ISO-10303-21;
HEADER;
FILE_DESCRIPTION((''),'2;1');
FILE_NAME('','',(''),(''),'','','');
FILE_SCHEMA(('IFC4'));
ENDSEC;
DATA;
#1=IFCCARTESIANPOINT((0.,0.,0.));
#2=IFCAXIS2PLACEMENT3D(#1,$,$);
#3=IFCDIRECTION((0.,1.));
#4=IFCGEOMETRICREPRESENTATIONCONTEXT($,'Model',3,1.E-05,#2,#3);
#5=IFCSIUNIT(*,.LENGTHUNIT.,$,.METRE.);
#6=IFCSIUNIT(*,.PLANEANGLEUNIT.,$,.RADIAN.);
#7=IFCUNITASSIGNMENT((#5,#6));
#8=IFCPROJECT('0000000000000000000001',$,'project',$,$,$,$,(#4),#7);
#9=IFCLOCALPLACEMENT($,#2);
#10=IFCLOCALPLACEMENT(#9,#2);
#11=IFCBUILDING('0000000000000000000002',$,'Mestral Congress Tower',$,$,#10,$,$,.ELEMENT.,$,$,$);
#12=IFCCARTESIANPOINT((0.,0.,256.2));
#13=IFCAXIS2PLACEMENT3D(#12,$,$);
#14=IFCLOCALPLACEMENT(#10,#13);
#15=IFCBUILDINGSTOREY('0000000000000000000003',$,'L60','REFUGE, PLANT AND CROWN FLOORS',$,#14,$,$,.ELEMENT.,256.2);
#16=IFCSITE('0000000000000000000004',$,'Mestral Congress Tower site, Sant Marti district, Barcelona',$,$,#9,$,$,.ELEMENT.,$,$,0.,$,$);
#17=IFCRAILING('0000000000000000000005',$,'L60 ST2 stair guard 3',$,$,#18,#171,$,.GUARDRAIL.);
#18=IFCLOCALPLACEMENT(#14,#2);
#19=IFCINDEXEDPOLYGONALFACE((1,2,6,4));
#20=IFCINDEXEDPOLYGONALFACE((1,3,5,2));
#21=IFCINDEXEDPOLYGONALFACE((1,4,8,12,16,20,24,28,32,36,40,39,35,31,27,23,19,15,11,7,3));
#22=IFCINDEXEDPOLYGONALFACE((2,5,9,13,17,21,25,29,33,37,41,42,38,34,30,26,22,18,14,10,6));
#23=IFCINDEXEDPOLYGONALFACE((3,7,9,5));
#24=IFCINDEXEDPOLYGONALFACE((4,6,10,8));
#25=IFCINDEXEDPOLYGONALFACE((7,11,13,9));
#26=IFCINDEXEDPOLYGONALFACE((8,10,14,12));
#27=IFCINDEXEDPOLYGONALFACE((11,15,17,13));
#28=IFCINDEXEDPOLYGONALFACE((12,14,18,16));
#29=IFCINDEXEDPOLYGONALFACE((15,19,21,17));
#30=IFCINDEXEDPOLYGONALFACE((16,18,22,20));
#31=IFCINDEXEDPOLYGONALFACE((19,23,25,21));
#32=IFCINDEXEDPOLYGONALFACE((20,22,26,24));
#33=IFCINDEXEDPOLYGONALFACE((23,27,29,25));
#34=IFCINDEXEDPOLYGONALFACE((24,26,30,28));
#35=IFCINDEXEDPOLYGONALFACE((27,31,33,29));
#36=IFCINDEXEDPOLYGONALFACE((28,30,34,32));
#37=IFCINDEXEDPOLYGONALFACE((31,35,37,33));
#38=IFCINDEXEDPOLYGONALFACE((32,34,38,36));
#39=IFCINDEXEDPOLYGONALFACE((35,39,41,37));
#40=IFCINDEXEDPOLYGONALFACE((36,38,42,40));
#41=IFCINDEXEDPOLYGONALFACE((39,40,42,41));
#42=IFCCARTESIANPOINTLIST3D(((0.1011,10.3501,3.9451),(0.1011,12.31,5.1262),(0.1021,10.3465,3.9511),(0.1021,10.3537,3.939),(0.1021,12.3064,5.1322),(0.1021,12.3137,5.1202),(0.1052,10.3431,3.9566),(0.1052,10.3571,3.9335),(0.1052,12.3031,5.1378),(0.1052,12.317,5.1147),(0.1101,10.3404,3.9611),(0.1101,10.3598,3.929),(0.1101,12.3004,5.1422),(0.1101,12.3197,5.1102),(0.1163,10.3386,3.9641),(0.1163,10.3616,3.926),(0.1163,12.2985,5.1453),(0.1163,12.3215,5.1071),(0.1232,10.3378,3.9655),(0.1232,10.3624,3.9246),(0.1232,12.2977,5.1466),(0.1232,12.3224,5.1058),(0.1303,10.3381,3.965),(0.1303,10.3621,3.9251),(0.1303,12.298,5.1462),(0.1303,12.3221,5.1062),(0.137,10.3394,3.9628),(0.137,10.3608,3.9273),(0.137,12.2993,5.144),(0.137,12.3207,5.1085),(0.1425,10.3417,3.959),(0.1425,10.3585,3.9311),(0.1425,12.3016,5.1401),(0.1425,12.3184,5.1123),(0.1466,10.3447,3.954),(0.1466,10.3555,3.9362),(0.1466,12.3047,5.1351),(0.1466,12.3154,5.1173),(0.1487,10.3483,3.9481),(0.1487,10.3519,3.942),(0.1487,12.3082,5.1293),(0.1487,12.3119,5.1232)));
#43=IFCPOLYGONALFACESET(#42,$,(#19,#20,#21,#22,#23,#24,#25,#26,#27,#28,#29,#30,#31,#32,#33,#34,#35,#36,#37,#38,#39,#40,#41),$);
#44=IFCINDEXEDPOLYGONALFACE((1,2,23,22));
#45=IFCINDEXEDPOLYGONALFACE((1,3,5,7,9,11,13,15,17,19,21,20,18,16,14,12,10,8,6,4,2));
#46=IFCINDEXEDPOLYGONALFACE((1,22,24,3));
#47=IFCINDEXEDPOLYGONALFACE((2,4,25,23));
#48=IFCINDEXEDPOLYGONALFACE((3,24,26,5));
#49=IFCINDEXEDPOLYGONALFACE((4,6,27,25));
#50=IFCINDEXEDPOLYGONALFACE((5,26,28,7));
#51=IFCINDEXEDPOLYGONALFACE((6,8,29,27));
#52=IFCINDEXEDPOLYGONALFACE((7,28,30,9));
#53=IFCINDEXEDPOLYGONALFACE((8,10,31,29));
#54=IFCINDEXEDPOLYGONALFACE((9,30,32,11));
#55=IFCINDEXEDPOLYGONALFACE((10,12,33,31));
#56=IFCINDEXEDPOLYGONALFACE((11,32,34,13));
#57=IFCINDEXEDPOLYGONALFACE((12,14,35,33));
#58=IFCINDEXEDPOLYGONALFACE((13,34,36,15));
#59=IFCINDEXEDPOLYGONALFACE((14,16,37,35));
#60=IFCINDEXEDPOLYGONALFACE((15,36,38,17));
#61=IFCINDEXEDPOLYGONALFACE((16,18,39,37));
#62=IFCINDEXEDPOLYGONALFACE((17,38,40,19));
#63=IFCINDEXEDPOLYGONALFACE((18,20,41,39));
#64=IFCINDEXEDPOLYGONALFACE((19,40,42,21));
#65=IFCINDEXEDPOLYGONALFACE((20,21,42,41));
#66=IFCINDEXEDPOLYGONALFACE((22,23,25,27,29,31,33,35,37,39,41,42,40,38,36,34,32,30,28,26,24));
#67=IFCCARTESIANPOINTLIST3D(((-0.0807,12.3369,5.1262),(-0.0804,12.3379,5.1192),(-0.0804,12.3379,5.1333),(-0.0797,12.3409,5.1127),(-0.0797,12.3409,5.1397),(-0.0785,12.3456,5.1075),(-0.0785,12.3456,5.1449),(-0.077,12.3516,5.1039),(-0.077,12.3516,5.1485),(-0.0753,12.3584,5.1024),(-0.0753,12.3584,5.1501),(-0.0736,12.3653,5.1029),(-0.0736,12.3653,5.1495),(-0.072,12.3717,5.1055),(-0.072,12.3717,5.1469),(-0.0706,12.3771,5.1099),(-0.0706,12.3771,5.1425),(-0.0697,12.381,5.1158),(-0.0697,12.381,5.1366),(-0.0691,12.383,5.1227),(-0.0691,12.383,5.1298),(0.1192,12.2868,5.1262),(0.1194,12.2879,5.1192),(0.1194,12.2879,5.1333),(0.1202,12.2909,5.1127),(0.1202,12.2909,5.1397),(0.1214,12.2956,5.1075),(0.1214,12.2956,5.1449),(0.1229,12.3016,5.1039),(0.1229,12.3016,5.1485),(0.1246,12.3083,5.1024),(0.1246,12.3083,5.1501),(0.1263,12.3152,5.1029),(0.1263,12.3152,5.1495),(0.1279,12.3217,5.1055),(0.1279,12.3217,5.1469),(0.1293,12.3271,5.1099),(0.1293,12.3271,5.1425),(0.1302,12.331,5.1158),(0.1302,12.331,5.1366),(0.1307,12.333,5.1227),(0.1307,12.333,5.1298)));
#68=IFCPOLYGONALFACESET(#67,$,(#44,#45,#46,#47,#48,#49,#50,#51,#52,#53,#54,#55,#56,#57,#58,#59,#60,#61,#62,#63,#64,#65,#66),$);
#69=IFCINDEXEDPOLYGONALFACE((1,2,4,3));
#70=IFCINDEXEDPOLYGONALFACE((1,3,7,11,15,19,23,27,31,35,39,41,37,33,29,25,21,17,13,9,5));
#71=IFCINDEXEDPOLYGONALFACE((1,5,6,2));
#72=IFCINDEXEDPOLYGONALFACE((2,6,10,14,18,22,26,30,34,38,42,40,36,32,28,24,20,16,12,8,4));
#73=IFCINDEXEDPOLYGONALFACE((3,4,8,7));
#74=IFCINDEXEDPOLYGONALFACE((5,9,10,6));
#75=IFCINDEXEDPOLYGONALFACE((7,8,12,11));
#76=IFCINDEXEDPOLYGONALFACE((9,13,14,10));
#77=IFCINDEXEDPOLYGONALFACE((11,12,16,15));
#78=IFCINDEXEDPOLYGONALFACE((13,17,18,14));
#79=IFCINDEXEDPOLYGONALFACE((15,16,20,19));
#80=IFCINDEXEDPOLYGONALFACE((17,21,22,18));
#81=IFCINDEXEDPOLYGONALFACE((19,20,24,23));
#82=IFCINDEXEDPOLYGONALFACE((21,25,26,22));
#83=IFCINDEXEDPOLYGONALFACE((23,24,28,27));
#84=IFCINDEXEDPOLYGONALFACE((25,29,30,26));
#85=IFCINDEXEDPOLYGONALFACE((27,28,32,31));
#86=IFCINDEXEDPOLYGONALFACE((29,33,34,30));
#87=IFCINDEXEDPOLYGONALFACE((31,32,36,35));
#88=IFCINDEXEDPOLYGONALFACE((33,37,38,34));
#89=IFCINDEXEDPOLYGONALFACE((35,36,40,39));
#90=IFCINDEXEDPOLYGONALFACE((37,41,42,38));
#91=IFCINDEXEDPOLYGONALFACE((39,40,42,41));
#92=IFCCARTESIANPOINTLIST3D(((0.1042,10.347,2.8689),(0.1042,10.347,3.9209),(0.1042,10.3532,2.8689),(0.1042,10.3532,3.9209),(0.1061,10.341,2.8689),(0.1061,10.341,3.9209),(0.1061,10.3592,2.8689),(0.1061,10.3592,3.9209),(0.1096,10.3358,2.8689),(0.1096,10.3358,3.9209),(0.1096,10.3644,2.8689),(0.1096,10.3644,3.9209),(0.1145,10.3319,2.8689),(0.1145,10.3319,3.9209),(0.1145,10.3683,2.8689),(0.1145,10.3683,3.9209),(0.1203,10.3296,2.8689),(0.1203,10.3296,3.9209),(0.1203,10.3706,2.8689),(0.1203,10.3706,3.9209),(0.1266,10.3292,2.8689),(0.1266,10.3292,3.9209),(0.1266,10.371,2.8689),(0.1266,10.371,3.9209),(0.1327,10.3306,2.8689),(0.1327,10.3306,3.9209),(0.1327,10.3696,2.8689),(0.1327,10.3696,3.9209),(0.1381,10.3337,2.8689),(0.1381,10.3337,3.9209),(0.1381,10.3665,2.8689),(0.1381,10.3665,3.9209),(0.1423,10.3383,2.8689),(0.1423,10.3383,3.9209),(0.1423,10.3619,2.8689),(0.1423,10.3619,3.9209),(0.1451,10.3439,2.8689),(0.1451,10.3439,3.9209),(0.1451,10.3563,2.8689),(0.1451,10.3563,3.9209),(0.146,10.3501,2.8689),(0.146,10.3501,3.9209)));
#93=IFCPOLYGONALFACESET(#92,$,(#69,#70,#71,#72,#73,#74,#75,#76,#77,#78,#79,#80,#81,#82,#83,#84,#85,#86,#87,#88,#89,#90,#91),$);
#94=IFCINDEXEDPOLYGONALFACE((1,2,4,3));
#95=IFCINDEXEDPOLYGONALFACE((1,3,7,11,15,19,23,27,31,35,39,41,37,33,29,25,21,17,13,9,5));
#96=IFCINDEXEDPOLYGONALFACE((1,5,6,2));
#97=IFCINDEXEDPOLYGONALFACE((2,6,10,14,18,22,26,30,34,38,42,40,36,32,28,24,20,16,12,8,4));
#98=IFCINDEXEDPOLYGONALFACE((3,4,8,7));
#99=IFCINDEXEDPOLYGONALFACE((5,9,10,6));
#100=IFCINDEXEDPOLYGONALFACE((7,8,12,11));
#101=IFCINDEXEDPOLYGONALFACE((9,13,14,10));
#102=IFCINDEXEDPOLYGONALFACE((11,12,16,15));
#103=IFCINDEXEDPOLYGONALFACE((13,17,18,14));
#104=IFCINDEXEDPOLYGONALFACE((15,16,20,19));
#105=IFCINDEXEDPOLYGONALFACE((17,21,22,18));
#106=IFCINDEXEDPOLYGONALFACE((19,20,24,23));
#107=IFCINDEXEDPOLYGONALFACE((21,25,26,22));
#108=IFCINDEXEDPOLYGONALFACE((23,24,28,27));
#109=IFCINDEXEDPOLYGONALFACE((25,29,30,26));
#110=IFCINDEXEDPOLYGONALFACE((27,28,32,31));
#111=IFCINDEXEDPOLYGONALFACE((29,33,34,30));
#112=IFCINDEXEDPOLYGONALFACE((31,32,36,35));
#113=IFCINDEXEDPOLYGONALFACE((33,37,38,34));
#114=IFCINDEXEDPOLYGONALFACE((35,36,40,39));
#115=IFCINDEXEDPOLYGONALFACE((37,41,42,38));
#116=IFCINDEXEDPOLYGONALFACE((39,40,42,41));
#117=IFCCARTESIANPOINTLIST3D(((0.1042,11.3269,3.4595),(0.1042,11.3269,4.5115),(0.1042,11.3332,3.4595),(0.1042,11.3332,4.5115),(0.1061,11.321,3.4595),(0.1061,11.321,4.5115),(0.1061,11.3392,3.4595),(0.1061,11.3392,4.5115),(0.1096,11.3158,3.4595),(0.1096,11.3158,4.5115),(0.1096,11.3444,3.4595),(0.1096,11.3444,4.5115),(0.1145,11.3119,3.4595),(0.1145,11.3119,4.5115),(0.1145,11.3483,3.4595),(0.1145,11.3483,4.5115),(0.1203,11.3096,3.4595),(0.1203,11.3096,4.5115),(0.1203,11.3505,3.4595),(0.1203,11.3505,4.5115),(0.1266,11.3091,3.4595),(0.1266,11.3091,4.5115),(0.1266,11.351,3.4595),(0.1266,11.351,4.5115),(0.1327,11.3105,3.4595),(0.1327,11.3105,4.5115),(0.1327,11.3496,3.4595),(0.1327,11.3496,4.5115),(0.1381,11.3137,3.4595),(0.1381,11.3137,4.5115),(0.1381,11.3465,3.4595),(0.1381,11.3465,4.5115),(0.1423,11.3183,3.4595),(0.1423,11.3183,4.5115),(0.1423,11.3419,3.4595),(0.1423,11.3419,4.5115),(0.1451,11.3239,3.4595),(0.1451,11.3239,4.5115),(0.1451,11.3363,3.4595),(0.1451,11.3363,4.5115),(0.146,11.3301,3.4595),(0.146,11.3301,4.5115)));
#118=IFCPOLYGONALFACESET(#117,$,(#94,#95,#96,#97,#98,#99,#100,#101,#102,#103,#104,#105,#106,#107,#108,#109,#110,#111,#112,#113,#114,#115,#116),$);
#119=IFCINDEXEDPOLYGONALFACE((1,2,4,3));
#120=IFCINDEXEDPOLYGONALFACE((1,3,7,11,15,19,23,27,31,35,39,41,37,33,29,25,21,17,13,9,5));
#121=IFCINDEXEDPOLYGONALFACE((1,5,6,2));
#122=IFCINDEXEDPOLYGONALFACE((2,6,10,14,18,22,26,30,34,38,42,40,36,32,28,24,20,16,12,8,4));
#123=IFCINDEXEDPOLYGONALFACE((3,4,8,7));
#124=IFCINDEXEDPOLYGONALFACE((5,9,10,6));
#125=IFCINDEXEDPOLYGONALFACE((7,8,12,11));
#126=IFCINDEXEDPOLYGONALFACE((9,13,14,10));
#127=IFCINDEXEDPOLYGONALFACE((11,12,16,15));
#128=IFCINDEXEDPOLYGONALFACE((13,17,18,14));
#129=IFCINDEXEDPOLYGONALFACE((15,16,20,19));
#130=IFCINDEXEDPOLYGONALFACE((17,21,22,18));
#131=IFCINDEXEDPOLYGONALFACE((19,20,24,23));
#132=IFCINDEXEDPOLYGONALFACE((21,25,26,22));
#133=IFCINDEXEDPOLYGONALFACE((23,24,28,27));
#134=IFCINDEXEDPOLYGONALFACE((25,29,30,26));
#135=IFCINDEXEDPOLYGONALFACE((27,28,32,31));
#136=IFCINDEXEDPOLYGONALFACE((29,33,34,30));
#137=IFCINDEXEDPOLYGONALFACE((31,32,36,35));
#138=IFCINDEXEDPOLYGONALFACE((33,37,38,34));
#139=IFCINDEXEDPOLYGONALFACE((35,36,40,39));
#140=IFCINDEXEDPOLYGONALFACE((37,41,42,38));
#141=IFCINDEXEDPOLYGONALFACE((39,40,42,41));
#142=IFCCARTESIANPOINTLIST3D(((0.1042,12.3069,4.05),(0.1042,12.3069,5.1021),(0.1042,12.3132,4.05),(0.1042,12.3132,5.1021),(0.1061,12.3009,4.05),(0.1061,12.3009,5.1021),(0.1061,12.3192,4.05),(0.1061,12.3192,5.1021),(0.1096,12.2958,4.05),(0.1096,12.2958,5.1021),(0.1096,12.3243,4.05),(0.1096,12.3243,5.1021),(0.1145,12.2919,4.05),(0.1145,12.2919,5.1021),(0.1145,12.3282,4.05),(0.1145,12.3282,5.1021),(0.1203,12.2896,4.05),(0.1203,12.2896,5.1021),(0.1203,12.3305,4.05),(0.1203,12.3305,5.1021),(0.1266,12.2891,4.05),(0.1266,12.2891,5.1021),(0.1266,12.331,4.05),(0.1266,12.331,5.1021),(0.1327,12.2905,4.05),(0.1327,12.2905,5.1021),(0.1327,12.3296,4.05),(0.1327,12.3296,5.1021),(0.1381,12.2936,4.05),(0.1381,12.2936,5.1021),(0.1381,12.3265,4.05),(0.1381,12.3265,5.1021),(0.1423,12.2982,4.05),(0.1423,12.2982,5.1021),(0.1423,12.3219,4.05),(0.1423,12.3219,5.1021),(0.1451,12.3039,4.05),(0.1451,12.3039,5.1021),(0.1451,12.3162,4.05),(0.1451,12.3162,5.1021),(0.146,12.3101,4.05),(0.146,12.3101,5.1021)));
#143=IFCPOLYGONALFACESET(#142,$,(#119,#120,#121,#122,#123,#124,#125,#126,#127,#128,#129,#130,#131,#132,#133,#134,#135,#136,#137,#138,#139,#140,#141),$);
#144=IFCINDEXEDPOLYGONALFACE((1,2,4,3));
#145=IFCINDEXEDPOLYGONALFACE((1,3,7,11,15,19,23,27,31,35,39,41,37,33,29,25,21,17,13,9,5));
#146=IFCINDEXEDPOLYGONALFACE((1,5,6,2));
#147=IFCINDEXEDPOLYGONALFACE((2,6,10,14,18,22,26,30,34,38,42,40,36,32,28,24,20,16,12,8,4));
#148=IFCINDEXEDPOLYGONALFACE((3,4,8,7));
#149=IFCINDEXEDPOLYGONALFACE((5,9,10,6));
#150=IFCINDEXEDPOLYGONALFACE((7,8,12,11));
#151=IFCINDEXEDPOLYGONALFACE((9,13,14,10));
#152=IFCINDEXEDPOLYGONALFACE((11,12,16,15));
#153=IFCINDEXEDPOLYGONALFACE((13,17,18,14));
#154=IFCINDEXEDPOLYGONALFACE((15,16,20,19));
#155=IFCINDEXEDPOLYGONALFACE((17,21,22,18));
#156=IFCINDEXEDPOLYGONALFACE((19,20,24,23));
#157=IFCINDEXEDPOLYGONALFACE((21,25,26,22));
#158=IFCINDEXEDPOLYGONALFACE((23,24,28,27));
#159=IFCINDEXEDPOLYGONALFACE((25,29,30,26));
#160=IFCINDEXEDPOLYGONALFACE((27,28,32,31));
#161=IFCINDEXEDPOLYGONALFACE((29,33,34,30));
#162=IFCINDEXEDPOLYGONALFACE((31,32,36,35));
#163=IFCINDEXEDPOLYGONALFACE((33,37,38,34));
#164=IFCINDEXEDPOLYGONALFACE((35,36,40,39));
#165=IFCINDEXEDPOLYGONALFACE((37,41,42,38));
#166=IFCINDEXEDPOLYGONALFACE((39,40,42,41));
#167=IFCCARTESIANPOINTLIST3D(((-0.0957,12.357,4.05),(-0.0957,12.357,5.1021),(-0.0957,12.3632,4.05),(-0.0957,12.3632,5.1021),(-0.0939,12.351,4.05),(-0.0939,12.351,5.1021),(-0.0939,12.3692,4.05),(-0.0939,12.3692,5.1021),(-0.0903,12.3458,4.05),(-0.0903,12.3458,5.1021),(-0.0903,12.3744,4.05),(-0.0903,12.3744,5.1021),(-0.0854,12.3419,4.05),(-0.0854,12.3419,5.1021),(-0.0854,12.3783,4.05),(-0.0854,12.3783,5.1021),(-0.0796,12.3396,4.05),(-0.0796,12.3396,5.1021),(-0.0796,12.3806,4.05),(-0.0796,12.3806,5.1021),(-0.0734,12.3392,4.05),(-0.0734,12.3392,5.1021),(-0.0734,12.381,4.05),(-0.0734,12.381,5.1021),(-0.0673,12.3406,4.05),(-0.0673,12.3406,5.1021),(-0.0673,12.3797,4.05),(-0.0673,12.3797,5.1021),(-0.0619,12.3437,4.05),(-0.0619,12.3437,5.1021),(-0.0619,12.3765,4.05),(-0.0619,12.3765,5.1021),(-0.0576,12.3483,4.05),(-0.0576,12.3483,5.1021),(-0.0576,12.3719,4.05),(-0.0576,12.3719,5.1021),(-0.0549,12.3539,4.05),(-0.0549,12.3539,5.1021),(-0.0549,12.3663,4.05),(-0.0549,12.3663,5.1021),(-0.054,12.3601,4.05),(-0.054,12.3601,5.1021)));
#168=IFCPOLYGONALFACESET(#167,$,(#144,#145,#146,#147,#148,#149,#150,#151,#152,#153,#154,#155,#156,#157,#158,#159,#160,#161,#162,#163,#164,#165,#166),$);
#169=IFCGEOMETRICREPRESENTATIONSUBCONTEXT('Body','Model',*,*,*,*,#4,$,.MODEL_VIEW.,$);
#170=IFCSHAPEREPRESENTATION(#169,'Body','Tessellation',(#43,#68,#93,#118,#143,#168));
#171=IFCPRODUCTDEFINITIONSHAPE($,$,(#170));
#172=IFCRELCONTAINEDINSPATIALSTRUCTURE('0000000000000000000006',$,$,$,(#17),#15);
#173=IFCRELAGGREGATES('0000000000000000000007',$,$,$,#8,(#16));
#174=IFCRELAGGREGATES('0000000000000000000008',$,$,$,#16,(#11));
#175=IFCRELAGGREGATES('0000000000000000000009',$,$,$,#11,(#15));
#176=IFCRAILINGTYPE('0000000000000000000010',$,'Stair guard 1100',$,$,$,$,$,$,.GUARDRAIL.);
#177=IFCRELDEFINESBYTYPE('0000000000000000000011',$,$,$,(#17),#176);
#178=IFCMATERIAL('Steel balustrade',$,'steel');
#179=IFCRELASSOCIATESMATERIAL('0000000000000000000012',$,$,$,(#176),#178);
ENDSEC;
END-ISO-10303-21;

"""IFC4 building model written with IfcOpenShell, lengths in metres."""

from ifc_helpers import new_model, si_unit, direction, frame, origin, origin_2d, place, context, subcontext, project, spatial, circle, extrude, material, type_object, element, save


model = new_model("IFC4")

# Units and contexts
model_context = context("Model", 3, precision=1e-05, world=origin(), true_north=direction((0.0, 1.0)))
body_context = subcontext(model_context, "Body", "Model", "MODEL_VIEW")
ifc_project = project(units=[si_unit("LENGTHUNIT", "METRE"), si_unit("PLANEANGLEUNIT", "RADIAN")], contexts=[model_context])

# Site, building, storey
site_placement = place(None, origin())
site = spatial("IfcSite", under=ifc_project, at=site_placement, Name="Mestral Congress Tower site, Sant Marti district, Barcelona", CompositionType="ELEMENT", RefElevation=0.0)
building_placement = place(site_placement, origin())
building = spatial("IfcBuilding", under=site, at=building_placement, Name="Mestral Congress Tower", CompositionType="ELEMENT")
storey_placement = place(building_placement, frame((0.0, 0.0, 256.2)))
storey = spatial("IfcBuildingStorey", under=building, at=storey_placement, Name="L60", Description="REFUGE, PLANT AND CROWN FLOORS", CompositionType="ELEMENT", Elevation=256.2)

# Railing
ifc_material_1 = material(Name="Steel balustrade", Category="steel")
railing_type = type_object("IfcRailingType", Name="Stair guard 1100", PredefinedType="GUARDRAIL", material=ifc_material_1)
railing_1_placement = place(storey_placement, frame((0.125, 10.3501, 2.8689)))
element("IfcRailing", 1, at=railing_1_placement, inside=storey, type_object=railing_type, Name="L60 ST2 stair guard 3", PredefinedType="GUARDRAIL", context=body_context, shape_type="SweptSolid", body=[
    extrude(circle(Radius=0.0239, at=origin_2d()), frame((0.0, 0.0, 1.0762), z_axis=(0.0, 0.856493, 0.516158), x_axis=(-1.0, 0.0, 0.0)), (0.0, 0.0, 1.0), 2.2883),
    extrude(circle(Radius=0.0239, at=origin_2d()), frame((0.0, 1.96, 2.2573), z_axis=(-0.970073, 0.242814, 0.0), x_axis=(-0.242814, -0.970073, 0.0)), (0.0, 0.0, 1.0), 0.2061),
    extrude(circle(Radius=0.021, at=origin_2d()), origin(), (0.0, 0.0, 1.0), 1.052),
    extrude(circle(Radius=0.021, at=origin_2d()), frame((0.0, 0.98, 0.5906)), (0.0, 0.0, 1.0), 1.052),
    extrude(circle(Radius=0.021, at=origin_2d()), frame((0.0, 1.96, 1.1812)), (0.0, 0.0, 1.0), 1.052),
    extrude(circle(Radius=0.021, at=origin_2d()), frame((-0.2, 2.01, 1.1812)), (0.0, 0.0, 1.0), 1.052),
])

save(model, "model.ifc")
